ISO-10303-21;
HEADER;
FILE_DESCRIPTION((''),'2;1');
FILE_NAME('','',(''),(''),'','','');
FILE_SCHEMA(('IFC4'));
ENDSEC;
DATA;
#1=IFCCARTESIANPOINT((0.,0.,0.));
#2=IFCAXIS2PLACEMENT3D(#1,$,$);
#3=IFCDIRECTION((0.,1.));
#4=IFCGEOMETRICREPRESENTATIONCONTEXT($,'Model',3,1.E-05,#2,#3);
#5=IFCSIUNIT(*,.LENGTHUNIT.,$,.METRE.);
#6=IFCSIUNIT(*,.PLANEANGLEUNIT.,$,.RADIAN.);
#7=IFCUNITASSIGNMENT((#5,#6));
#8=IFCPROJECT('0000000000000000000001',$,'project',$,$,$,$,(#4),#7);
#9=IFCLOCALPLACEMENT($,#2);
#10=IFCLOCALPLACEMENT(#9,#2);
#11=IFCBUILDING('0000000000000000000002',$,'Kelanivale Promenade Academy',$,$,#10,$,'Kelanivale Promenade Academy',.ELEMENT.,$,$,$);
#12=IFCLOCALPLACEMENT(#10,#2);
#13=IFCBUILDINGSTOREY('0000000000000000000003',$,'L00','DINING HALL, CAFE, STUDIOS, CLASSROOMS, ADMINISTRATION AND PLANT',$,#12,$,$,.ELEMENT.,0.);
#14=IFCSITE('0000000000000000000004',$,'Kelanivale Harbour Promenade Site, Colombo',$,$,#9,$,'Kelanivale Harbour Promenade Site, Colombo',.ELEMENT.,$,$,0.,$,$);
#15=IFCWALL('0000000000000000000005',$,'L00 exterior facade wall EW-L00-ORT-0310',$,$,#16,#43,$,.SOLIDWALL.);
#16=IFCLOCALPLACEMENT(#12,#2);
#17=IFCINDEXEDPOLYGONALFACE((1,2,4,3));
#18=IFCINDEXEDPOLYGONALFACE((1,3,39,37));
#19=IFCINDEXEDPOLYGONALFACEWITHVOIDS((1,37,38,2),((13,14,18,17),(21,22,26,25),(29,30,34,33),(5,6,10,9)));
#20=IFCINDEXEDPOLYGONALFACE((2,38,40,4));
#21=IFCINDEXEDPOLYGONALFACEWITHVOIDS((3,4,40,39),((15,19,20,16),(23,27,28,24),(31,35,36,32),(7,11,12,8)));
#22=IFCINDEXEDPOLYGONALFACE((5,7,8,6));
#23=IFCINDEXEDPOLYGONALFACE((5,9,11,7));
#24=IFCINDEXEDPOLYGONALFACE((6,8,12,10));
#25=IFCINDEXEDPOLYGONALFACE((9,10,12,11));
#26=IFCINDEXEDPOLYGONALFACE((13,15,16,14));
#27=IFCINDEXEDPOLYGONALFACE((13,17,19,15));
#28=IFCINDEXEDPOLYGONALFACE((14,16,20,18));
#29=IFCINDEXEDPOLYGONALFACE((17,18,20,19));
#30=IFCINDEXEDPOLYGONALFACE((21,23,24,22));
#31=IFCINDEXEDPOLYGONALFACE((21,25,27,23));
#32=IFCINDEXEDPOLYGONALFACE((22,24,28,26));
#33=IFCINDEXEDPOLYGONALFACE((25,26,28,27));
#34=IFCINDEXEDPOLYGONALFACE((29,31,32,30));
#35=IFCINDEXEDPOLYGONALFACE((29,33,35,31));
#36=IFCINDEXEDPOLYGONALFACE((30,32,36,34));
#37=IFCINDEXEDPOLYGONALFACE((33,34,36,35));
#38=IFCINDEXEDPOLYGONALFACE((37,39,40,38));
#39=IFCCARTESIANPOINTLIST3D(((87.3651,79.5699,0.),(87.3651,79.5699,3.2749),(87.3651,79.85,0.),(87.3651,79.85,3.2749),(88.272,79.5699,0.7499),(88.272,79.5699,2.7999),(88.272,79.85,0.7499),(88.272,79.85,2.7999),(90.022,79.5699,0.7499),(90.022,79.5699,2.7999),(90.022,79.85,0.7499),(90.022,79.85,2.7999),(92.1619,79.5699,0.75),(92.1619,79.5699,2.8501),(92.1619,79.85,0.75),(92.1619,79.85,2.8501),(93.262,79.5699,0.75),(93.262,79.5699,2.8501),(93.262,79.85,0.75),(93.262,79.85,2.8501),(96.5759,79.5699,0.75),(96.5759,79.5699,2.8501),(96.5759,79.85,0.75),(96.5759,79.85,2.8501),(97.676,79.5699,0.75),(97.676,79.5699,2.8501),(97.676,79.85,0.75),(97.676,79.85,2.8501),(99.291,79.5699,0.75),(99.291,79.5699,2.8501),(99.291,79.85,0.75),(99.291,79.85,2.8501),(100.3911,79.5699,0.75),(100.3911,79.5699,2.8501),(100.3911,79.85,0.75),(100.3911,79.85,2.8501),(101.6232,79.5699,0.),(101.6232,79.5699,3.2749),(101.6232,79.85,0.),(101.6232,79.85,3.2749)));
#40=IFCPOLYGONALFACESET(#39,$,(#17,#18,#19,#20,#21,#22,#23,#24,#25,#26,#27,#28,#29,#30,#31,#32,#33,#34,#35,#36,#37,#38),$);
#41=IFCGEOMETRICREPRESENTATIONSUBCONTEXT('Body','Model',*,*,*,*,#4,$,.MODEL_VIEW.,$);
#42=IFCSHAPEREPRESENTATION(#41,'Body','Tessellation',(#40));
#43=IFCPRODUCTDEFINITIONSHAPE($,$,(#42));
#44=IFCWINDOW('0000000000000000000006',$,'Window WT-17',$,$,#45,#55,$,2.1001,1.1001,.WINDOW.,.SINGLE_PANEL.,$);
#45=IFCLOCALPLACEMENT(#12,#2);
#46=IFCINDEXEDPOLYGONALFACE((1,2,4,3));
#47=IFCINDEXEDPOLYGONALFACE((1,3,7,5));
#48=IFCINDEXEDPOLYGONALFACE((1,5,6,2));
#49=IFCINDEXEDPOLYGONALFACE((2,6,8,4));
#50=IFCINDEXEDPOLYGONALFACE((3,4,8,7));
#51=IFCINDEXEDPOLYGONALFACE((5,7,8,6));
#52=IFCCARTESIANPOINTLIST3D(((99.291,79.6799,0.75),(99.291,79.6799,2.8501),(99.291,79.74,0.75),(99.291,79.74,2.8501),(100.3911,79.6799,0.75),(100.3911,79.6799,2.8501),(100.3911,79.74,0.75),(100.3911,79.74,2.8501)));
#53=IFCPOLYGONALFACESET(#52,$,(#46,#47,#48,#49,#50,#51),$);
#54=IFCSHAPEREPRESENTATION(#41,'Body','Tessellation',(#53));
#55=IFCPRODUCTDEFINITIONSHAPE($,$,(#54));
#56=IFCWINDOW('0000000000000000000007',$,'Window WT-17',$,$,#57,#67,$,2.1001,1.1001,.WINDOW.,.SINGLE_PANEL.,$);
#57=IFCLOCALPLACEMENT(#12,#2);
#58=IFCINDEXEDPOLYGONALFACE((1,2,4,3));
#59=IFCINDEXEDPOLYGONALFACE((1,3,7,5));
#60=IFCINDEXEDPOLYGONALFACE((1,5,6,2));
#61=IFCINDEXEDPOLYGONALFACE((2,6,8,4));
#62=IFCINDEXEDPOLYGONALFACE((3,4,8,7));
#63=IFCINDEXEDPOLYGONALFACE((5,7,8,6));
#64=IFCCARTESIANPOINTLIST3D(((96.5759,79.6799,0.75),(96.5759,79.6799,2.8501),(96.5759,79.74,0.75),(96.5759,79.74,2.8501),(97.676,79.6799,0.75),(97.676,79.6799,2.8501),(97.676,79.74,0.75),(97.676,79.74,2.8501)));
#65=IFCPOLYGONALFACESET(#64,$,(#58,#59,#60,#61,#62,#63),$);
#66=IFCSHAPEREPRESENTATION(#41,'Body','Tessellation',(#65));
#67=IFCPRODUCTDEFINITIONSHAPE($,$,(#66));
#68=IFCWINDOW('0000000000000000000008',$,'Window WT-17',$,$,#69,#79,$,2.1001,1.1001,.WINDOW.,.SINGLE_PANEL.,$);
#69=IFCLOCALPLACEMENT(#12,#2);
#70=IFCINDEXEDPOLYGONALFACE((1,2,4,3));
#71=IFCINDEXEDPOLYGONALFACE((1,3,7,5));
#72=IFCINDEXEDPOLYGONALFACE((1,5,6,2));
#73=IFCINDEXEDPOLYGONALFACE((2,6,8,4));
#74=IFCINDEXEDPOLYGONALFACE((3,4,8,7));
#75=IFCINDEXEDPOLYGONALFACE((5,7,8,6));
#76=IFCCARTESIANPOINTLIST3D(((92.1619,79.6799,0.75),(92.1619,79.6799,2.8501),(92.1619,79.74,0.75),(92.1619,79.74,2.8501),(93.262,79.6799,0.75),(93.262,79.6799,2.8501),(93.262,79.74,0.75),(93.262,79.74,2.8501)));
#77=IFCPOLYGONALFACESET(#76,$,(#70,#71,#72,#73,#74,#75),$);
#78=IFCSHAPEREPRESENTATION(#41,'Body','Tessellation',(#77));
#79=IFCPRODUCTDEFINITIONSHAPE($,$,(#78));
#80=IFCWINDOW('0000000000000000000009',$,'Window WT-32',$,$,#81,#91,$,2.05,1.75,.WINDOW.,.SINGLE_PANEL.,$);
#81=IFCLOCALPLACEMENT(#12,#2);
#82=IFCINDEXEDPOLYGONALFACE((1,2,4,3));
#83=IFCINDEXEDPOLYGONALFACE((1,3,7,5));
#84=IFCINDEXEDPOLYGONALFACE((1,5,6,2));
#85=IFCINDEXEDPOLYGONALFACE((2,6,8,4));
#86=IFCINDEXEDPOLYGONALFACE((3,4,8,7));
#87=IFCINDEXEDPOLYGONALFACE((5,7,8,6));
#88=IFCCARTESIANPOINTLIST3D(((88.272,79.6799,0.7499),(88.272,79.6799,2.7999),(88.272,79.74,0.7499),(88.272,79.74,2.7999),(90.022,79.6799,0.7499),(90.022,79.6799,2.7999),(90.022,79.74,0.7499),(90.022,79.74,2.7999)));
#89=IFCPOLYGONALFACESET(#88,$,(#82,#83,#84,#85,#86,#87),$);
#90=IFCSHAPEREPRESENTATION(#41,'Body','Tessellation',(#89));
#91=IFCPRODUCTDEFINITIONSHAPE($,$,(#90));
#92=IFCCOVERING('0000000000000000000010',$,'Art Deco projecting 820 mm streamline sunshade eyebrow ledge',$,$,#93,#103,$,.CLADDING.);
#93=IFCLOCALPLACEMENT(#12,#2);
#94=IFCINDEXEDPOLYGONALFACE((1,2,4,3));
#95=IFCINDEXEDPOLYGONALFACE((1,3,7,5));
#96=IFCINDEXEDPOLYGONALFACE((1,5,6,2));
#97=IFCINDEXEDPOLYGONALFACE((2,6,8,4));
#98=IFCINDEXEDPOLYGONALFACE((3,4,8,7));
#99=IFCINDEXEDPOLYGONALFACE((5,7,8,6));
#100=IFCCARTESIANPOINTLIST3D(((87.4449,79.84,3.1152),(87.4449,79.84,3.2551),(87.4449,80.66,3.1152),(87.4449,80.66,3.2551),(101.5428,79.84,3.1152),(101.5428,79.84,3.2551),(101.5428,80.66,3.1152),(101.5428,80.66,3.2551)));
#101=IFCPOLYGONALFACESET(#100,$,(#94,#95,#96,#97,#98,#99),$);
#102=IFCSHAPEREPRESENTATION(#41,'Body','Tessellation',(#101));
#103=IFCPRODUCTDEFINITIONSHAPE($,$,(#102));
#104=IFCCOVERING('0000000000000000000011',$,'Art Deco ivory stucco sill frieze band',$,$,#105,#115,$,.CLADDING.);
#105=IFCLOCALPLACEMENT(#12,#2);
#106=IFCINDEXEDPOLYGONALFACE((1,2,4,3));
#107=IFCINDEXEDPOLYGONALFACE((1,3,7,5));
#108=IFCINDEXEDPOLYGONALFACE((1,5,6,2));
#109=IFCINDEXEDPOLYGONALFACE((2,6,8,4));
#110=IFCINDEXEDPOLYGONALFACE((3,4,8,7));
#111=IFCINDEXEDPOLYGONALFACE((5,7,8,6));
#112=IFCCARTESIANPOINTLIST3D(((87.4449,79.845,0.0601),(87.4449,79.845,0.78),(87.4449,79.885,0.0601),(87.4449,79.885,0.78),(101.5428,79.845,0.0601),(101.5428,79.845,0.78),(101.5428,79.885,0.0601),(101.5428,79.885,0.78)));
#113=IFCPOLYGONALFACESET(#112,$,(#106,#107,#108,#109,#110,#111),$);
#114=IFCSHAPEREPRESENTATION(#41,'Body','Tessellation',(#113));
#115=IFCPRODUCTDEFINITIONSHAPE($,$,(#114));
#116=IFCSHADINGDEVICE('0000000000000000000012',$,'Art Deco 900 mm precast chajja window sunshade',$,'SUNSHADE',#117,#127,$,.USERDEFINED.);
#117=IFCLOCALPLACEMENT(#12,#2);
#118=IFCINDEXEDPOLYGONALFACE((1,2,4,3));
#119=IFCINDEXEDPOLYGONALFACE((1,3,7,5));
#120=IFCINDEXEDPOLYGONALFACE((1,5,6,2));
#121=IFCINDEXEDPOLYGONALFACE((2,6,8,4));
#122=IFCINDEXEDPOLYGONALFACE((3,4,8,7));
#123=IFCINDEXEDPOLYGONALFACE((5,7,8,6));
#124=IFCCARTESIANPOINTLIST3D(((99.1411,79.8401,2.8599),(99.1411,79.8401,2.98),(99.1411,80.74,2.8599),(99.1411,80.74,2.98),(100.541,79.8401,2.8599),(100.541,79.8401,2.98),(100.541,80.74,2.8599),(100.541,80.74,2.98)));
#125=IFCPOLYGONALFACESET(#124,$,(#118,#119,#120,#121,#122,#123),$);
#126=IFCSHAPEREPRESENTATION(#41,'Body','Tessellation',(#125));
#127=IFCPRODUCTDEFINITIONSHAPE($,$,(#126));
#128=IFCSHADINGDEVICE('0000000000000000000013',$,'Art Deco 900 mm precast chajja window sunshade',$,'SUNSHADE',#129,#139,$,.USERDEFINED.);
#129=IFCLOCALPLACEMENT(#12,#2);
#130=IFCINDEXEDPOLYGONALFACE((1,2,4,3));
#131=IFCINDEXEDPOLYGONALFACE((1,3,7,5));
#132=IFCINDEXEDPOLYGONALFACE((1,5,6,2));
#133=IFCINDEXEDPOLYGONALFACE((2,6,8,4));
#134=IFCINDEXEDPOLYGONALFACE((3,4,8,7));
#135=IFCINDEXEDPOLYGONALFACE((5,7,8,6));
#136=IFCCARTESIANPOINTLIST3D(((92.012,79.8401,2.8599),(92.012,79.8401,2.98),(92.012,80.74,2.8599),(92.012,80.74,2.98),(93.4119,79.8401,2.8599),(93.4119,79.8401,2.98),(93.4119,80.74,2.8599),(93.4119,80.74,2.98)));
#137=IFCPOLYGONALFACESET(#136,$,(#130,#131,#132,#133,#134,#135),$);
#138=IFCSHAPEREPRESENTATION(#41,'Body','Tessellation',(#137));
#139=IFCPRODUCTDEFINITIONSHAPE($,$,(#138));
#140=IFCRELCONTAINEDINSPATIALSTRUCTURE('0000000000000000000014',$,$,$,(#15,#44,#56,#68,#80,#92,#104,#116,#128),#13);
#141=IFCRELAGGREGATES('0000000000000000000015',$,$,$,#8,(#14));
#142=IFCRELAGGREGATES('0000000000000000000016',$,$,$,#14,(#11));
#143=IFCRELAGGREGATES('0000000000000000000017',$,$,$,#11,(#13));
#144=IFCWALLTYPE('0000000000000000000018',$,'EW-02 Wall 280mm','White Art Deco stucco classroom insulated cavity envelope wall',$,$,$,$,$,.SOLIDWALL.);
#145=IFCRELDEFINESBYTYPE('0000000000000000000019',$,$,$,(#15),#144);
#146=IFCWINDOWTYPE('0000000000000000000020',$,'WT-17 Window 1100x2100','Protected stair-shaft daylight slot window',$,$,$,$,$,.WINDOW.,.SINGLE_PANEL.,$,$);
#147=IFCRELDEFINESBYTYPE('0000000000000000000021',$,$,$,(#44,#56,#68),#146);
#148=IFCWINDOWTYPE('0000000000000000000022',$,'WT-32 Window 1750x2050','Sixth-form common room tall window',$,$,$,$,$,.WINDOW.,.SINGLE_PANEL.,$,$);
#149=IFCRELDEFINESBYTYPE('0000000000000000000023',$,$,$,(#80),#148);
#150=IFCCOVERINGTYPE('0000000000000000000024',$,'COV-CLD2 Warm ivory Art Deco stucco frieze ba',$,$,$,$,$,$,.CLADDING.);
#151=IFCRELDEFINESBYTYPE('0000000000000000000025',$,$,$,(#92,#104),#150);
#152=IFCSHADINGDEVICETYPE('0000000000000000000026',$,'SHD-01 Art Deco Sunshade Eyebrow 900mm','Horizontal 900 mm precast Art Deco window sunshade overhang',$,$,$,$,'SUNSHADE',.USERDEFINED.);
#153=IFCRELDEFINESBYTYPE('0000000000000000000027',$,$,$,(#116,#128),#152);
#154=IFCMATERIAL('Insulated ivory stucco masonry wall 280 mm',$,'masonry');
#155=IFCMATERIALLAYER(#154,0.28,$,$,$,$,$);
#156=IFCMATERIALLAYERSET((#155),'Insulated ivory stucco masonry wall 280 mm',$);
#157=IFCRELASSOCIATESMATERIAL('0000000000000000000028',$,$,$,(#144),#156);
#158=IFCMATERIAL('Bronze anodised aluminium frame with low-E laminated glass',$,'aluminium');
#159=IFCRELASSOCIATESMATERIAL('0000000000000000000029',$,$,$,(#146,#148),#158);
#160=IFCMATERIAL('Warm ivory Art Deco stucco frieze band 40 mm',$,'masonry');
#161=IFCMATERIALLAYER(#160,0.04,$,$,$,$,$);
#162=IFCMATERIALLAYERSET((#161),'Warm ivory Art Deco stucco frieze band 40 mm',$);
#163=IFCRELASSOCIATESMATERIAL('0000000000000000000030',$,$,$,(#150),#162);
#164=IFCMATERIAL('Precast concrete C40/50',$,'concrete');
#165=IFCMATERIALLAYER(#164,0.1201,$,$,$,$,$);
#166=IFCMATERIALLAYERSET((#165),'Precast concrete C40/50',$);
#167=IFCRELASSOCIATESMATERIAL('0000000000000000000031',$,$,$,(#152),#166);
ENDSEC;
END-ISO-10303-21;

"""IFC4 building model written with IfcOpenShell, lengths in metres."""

from ifc_helpers import new_model, si_unit, direction, frame, frame_2d, origin, origin_2d, place, context, subcontext, project, spatial, rectangle, extrude, material, layer, layer_set, type_object, element, fill, save


model = new_model("IFC4")

# Units and contexts
model_context = context("Model", 3, precision=1e-05, world=origin(), true_north=direction((0.0, 1.0)))
body_context = subcontext(model_context, "Body", "Model", "MODEL_VIEW")
ifc_project = project(units=[si_unit("LENGTHUNIT", "METRE"), si_unit("PLANEANGLEUNIT", "RADIAN")], contexts=[model_context])

# Site, building, storey
site_placement = place(None, origin())
site = spatial("IfcSite", under=ifc_project, at=site_placement, Name="Kelanivale Harbour Promenade Site, Colombo", LongName="Kelanivale Harbour Promenade Site, Colombo", CompositionType="ELEMENT", RefElevation=0.0)
building_placement = place(site_placement, origin())
building = spatial("IfcBuilding", under=site, at=building_placement, Name="Kelanivale Promenade Academy", LongName="Kelanivale Promenade Academy", CompositionType="ELEMENT")
storey_placement = place(building_placement, origin())
storey = spatial("IfcBuildingStorey", under=building, at=storey_placement, Name="L00", Description="DINING HALL, CAFE, STUDIOS, CLASSROOMS, ADMINISTRATION AND PLANT", CompositionType="ELEMENT", Elevation=0.0)

# Wall, openings, windows
ifc_material_1 = material(Name="Insulated ivory stucco masonry wall 280 mm", Category="masonry")
ifc_layer_1 = layer(ifc_material_1, 0.28)
ifc_layer_set_1 = layer_set([ifc_layer_1], Name="Insulated ivory stucco masonry wall 280 mm")
wall_type = type_object("IfcWallType", Name="EW-02 Wall 280mm", Description="White Art Deco stucco classroom insulated cavity envelope wall", PredefinedType="SOLIDWALL", material=ifc_layer_set_1)
wall_placement = place(storey_placement, frame((101.623, 79.71, 0.0), z_axis=(0.0, 0.0, 1.0), x_axis=(-1.0, 0.0, 0.0)))
wall = element("IfcWall", 1, at=wall_placement, inside=storey, type_object=wall_type, Name="L00 exterior facade wall EW-L00-ORT-0310", PredefinedType="SOLIDWALL", context=body_context, shape_type="SweptSolid", body=[
    extrude(rectangle(XDim=14.2581, YDim=0.28, at=frame_2d((7.1289, 0.0))), origin(), (0.0, 0.0, 1.0), 3.2749),
])
opening_1_placement = place(wall_placement, frame((1.2319, 0.0, 0.75)))
opening_1 = element("IfcOpeningElement", 2, at=opening_1_placement, cuts=wall, PredefinedType="OPENING", context=body_context, shape_type="SweptSolid", body=[
    extrude(rectangle(XDim=1.1001, YDim=2.1001, at=frame_2d((0.55, 1.05))), frame((0.0, 0.1499, 0.0), z_axis=(0.0, -1.0, 0.0), x_axis=(1.0, 0.0, 0.0)), (0.0, 0.0, 1.0), 0.3),
])
opening_2_placement = place(wall_placement, frame((3.947, 0.0, 0.75)))
opening_2 = element("IfcOpeningElement", 3, at=opening_2_placement, cuts=wall, PredefinedType="OPENING", context=body_context, shape_type="SweptSolid", body=[
    extrude(rectangle(XDim=1.1001, YDim=2.1001, at=frame_2d((0.55, 1.05))), frame((0.0, 0.1499, 0.0), z_axis=(0.0, -1.0, 0.0), x_axis=(1.0, 0.0, 0.0)), (0.0, 0.0, 1.0), 0.3),
])
opening_3_placement = place(wall_placement, frame((8.3611, 0.0, 0.75)))
opening_3 = element("IfcOpeningElement", 4, at=opening_3_placement, cuts=wall, PredefinedType="OPENING", context=body_context, shape_type="SweptSolid", body=[
    extrude(rectangle(XDim=1.1001, YDim=2.1001, at=frame_2d((0.55, 1.05))), frame((0.0, 0.1499, 0.0), z_axis=(0.0, -1.0, 0.0), x_axis=(1.0, 0.0, 0.0)), (0.0, 0.0, 1.0), 0.3),
])
opening_4_placement = place(wall_placement, frame((11.6011, 0.0, 0.75)))
opening_4 = element("IfcOpeningElement", 5, at=opening_4_placement, cuts=wall, PredefinedType="OPENING", context=body_context, shape_type="SweptSolid", body=[
    extrude(rectangle(XDim=1.75, YDim=2.05, at=frame_2d((0.875, 1.0249))), frame((0.0, 0.1499, 0.0), z_axis=(0.0, -1.0, 0.0), x_axis=(1.0, 0.0, 0.0)), (0.0, 0.0, 1.0), 0.3),
])
ifc_material_2 = material(Name="Bronze anodised aluminium frame with low-E laminated glass", Category="aluminium")
window_type_1 = type_object("IfcWindowType", Name="WT-17 Window 1100x2100", Description="Protected stair-shaft daylight slot window", PartitioningType="SINGLE_PANEL", PredefinedType="WINDOW", material=ifc_material_2)
window_1_placement = place(opening_1_placement, origin())
window_1 = element("IfcWindow", 6, at=window_1_placement, inside=storey, type_object=window_type_1, Name="Window WT-17", OverallHeight=2.1001, OverallWidth=1.1001, PartitioningType="SINGLE_PANEL", PredefinedType="WINDOW", context=body_context, shape_type="SweptSolid", body=[
    extrude(rectangle(XDim=1.1001, YDim=2.1001, at=frame_2d((0.55, 1.05))), frame((0.0, 0.03, 0.0), z_axis=(0.0, -1.0, 0.0), x_axis=(1.0, 0.0, 0.0)), (0.0, 0.0, 1.0), 0.0601),
])
fill(opening_1, window_1)
window_2_placement = place(opening_2_placement, origin())
window_2 = element("IfcWindow", 7, at=window_2_placement, inside=storey, type_object=window_type_1, Name="Window WT-17", OverallHeight=2.1001, OverallWidth=1.1001, PartitioningType="SINGLE_PANEL", PredefinedType="WINDOW", context=body_context, shape_type="SweptSolid", body=[
    extrude(rectangle(XDim=1.1001, YDim=2.1001, at=frame_2d((0.55, 1.05))), frame((0.0, 0.03, 0.0), z_axis=(0.0, -1.0, 0.0), x_axis=(1.0, 0.0, 0.0)), (0.0, 0.0, 1.0), 0.0601),
])
fill(opening_2, window_2)
window_3_placement = place(opening_3_placement, origin())
window_3 = element("IfcWindow", 8, at=window_3_placement, inside=storey, type_object=window_type_1, Name="Window WT-17", OverallHeight=2.1001, OverallWidth=1.1001, PartitioningType="SINGLE_PANEL", PredefinedType="WINDOW", context=body_context, shape_type="SweptSolid", body=[
    extrude(rectangle(XDim=1.1001, YDim=2.1001, at=frame_2d((0.55, 1.05))), frame((0.0, 0.03, 0.0), z_axis=(0.0, -1.0, 0.0), x_axis=(1.0, 0.0, 0.0)), (0.0, 0.0, 1.0), 0.0601),
])
fill(opening_3, window_3)
window_type_2 = type_object("IfcWindowType", Name="WT-32 Window 1750x2050", Description="Sixth-form common room tall window", PartitioningType="SINGLE_PANEL", PredefinedType="WINDOW", material=ifc_material_2)
window_4_placement = place(opening_4_placement, origin())
window_4 = element("IfcWindow", 9, at=window_4_placement, inside=storey, type_object=window_type_2, Name="Window WT-32", OverallHeight=2.05, OverallWidth=1.75, PartitioningType="SINGLE_PANEL", PredefinedType="WINDOW", context=body_context, shape_type="SweptSolid", body=[
    extrude(rectangle(XDim=1.75, YDim=2.05, at=frame_2d((0.875, 1.0249))), frame((0.0, 0.03, 0.0), z_axis=(0.0, -1.0, 0.0), x_axis=(1.0, 0.0, 0.0)), (0.0, 0.0, 1.0), 0.0601),
])
fill(opening_4, window_4)

# Coverings
ifc_material_3 = material(Name="Warm ivory Art Deco stucco frieze band 40 mm", Category="masonry")
ifc_layer_2 = layer(ifc_material_3, 0.04)
ifc_layer_set_2 = layer_set([ifc_layer_2], Name="Warm ivory Art Deco stucco frieze band 40 mm")
covering_type = type_object("IfcCoveringType", Name="COV-CLD2 Warm ivory Art Deco stucco frieze ba", PredefinedType="CLADDING", material=ifc_layer_set_2)
covering_1_placement = place(storey_placement, frame((94.4939, 80.25, 3.1152), z_axis=(0.0, 0.0, 1.0), x_axis=(-1.0, 0.0, 0.0)))
element("IfcCovering", 10, at=covering_1_placement, inside=storey, type_object=covering_type, Name="Art Deco projecting 820 mm streamline sunshade eyebrow ledge", PredefinedType="CLADDING", context=body_context, shape_type="SweptSolid", body=[
    extrude(rectangle(XDim=14.0979, YDim=0.8201, at=origin_2d()), origin(), (0.0, 0.0, 1.0), 0.1399),
])
covering_2_placement = place(storey_placement, frame((94.4939, 79.865, 0.0601), z_axis=(0.0, 0.0, 1.0), x_axis=(-1.0, 0.0, 0.0)))
element("IfcCovering", 11, at=covering_2_placement, inside=storey, type_object=covering_type, Name="Art Deco ivory stucco sill frieze band", PredefinedType="CLADDING", context=body_context, shape_type="SweptSolid", body=[
    extrude(rectangle(XDim=14.0979, YDim=0.04, at=origin_2d()), origin(), (0.0, 0.0, 1.0), 0.72),
])

# Shading devices
ifc_material_4 = material(Name="Precast concrete C40/50", Category="concrete")
ifc_layer_3 = layer(ifc_material_4, 0.1201)
ifc_layer_set_3 = layer_set([ifc_layer_3], Name="Precast concrete C40/50")
shading_device_type = type_object("IfcShadingDeviceType", Name="SHD-01 Art Deco Sunshade Eyebrow 900mm", Description="Horizontal 900 mm precast Art Deco window sunshade overhang", ElementType="SUNSHADE", PredefinedType="USERDEFINED", material=ifc_layer_set_3)
for number, where, z_axis, x_axis, name in (
    (12, (99.8411, 80.29, 2.8599), (0.0, 0.0, 1.0), (-1.0, 0.0, 0.0), "Art Deco 900 mm precast chajja window sunshade"),
    (13, (92.7119, 80.29, 2.8599), (0.0, 0.0, 1.0), (-1.0, 0.0, 0.0), "Art Deco 900 mm precast chajja window sunshade"),
):
    element("IfcShadingDevice", number, at=place(storey_placement, frame(where, z_axis=z_axis, x_axis=x_axis)), inside=storey, type_object=shading_device_type, Name=name, ObjectType="SUNSHADE", PredefinedType="USERDEFINED", context=body_context, shape_type="SweptSolid", body=[
        extrude(rectangle(XDim=1.3999, YDim=0.8999, at=origin_2d()), origin(), (0.0, 0.0, 1.0), 0.1201),
    ])

save(model, "model.ifc")
